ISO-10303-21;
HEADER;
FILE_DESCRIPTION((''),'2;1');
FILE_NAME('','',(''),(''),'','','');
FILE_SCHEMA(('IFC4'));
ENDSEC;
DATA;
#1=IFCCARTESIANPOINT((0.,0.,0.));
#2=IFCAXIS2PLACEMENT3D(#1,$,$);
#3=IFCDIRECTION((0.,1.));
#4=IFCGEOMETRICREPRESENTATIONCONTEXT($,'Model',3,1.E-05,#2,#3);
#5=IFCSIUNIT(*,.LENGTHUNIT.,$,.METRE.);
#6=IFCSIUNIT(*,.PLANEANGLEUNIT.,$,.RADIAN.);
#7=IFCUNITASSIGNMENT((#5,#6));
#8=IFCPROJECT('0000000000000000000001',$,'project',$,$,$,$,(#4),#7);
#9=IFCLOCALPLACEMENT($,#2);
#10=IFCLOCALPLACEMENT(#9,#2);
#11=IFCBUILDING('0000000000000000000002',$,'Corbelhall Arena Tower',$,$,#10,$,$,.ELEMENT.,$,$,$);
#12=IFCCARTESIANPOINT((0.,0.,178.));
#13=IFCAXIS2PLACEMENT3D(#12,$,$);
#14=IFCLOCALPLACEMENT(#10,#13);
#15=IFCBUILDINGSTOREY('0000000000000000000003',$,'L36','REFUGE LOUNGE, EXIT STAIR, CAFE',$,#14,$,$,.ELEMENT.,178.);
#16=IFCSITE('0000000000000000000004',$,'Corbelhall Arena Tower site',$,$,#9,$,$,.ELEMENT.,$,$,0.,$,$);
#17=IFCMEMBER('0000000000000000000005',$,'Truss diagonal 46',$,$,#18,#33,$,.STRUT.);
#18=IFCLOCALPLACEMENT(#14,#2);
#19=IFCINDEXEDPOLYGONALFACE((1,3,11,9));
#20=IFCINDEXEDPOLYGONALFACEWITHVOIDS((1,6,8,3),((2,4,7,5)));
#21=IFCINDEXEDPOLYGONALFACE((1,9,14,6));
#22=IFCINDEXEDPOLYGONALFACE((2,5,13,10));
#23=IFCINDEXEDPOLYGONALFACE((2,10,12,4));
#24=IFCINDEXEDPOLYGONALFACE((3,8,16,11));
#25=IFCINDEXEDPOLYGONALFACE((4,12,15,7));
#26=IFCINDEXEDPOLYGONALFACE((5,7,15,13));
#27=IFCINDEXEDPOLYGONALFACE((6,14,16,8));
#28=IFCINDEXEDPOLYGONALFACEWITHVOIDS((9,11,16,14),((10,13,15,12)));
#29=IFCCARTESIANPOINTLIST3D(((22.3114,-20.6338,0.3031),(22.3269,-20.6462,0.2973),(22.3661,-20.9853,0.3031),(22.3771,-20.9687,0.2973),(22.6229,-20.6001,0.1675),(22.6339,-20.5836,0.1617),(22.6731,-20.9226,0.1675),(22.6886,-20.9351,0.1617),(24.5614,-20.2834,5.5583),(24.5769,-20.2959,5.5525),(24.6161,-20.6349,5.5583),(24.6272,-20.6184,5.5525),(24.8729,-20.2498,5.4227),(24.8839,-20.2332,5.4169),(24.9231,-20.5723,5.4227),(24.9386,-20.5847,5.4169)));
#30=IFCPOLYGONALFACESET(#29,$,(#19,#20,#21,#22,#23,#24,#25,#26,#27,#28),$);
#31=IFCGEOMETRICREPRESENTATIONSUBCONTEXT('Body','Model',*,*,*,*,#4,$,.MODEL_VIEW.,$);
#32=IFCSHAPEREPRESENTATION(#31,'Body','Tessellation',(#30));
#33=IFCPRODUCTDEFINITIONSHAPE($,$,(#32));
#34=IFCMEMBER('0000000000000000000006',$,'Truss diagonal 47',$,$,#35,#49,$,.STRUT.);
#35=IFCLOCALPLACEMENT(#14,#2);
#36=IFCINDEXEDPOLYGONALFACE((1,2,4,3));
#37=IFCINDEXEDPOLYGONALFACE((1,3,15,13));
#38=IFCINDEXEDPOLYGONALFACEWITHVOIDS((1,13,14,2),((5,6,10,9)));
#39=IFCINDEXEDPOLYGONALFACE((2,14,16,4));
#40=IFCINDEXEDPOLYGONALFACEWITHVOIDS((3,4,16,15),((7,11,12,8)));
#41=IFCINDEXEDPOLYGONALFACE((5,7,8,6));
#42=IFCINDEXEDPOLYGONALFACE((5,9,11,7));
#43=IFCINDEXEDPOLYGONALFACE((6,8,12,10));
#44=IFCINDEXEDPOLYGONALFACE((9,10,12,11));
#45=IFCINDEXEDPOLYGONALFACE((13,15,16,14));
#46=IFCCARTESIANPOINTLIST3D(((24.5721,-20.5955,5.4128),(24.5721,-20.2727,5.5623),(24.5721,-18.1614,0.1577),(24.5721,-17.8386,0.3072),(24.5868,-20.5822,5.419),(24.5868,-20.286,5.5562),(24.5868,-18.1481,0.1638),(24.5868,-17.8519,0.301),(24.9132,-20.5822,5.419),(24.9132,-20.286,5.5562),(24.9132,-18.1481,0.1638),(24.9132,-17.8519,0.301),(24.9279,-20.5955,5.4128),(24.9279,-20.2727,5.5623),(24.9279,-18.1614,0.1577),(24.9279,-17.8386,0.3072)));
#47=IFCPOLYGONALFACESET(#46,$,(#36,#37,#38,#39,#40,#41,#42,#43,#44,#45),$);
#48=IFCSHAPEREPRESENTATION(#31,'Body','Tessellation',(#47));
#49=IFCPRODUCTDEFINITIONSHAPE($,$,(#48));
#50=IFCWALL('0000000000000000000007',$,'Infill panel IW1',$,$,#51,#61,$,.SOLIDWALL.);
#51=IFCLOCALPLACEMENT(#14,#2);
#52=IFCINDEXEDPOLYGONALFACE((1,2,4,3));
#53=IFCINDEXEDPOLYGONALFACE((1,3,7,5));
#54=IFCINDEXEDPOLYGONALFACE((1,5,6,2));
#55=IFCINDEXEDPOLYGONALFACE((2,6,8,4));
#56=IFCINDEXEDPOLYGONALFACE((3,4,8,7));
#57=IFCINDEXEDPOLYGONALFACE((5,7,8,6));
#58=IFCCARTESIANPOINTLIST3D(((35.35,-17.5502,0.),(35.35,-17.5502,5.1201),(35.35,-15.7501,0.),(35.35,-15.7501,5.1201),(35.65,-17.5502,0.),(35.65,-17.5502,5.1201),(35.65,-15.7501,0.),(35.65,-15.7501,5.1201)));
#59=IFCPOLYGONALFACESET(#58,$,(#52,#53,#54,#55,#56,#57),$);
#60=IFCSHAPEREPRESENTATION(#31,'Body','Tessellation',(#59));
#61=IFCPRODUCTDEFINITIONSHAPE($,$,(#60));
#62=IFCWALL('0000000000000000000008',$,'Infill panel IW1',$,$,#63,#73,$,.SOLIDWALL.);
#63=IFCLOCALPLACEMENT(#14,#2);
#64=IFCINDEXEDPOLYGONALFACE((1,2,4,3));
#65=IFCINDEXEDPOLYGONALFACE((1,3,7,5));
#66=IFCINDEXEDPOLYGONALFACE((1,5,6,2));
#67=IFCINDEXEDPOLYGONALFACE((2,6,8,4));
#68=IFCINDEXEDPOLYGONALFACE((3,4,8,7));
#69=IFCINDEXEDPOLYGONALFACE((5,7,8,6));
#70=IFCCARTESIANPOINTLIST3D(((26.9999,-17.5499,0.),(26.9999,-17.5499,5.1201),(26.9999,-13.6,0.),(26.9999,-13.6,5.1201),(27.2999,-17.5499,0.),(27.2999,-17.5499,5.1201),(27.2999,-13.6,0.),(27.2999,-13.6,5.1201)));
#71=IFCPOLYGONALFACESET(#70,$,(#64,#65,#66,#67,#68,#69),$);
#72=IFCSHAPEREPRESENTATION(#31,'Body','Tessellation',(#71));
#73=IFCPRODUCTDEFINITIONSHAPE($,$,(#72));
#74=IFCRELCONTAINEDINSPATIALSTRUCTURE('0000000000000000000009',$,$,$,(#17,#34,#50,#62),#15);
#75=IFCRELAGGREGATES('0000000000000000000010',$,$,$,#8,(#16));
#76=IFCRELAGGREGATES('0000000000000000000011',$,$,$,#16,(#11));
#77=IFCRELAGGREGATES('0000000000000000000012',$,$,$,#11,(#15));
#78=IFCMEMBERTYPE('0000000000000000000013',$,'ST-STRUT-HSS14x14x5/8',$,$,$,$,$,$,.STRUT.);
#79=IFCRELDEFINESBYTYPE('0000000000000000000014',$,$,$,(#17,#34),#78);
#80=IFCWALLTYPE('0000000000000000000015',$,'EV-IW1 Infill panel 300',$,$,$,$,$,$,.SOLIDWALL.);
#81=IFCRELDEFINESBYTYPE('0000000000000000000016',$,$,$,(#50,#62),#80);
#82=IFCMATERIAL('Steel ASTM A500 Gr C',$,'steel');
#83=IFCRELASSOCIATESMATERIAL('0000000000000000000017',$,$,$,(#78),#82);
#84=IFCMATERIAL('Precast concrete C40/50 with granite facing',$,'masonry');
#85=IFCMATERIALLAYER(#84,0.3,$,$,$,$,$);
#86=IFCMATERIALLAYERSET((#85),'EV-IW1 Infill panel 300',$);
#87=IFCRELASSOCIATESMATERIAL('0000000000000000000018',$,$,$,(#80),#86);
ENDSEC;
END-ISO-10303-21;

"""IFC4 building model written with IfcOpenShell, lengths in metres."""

from ifc_helpers import new_model, si_unit, direction, frame, frame_2d, origin, origin_2d, place, context, subcontext, project, spatial, rectangle, hollow_rectangle, extrude, material, layer, layer_set, material_profile, profile_set, type_object, element, save


model = new_model("IFC4")

# Units and contexts
model_context = context("Model", 3, precision=1e-05, world=origin(), true_north=direction((0.0, 1.0)))
body_context = subcontext(model_context, "Body", "Model", "MODEL_VIEW")
ifc_project = project(units=[si_unit("LENGTHUNIT", "METRE"), si_unit("PLANEANGLEUNIT", "RADIAN")], contexts=[model_context])

# Site, building, storey
site_placement = place(None, origin())
site = spatial("IfcSite", under=ifc_project, at=site_placement, Name="Corbelhall Arena Tower site", CompositionType="ELEMENT", RefElevation=0.0)
building_placement = place(site_placement, origin())
building = spatial("IfcBuilding", under=site, at=building_placement, Name="Corbelhall Arena Tower", CompositionType="ELEMENT")
storey_placement = place(building_placement, frame((0.0, 0.0, 178.0)))
storey = spatial("IfcBuildingStorey", under=building, at=storey_placement, Name="L36", Description="REFUGE LOUNGE, EXIT STAIR, CAFE", CompositionType="ELEMENT", Elevation=178.0)

# Members
ifc_material_1 = material(Name="Steel ASTM A500 Gr C", Category="steel")
ifc_material_profile_1 = material_profile(ifc_material_1, hollow_rectangle(XDim=0.3557, YDim=0.3557, WallThickness=0.0146, at=origin_2d()))
ifc_profile_set_1 = profile_set([ifc_material_profile_1], Name="Steel ASTM A500 Gr C")
member_type_1 = type_object("IfcMemberType", Name="ST-STRUT-HSS14x14x5/8", PredefinedType="STRUT", material=ifc_profile_set_1)
member_1_placement = place(storey_placement, frame((22.5, -20.7844, 0.2324), z_axis=(0.392857, 0.061171, 0.917563), x_axis=(-0.153854, 0.988094, 0.0)))
element("IfcMember", 1, at=member_1_placement, inside=storey, type_object=member_type_1, Name="Truss diagonal 46", PredefinedType="STRUT", context=body_context, shape_type="SweptSolid", body=[
    extrude(hollow_rectangle(XDim=0.3557, YDim=0.3557, WallThickness=0.0146, at=origin_2d()), origin(), (0.0, 0.0, 1.0), 5.7273),
])
member_2_placement = place(storey_placement, frame((24.75, -18.0, 0.2324), z_axis=(0.0, -0.420287, 0.907391), x_axis=(1.0, 0.0, 0.0)))
element("IfcMember", 2, at=member_2_placement, inside=storey, type_object=member_type_1, Name="Truss diagonal 47", PredefinedType="STRUT", context=body_context, shape_type="SweptSolid", body=[
    extrude(hollow_rectangle(XDim=0.3557, YDim=0.3557, WallThickness=0.0146, at=origin_2d()), origin(), (0.0, 0.0, 1.0), 5.7915),
])

# Walls
ifc_material_2 = material(Name="Precast concrete C40/50 with granite facing", Category="masonry")
ifc_layer = layer(ifc_material_2, 0.3)
ifc_layer_set = layer_set([ifc_layer], Name="EV-IW1 Infill panel 300")
wall_type = type_object("IfcWallType", Name="EV-IW1 Infill panel 300", PredefinedType="SOLIDWALL", material=ifc_layer_set)
wall_1_placement = place(storey_placement, frame((35.5, -17.55, 0.0), z_axis=(0.0, 0.0, 1.0), x_axis=(0.0, 1.0, 0.0)))
element("IfcWall", 3, at=wall_1_placement, inside=storey, type_object=wall_type, Name="Infill panel IW1", PredefinedType="SOLIDWALL", context=body_context, shape_type="SweptSolid", body=[
    extrude(rectangle(XDim=1.8, YDim=0.3, at=frame_2d((0.8999, 0.0))), origin(), (0.0, 0.0, 1.0), 5.1201),
])
wall_2_placement = place(storey_placement, frame((27.1499, -17.55, 0.0), z_axis=(0.0, 0.0, 1.0), x_axis=(0.0, 1.0, 0.0)))
element("IfcWall", 4, at=wall_2_placement, inside=storey, type_object=wall_type, Name="Infill panel IW1", PredefinedType="SOLIDWALL", context=body_context, shape_type="SweptSolid", body=[
    extrude(rectangle(XDim=3.95, YDim=0.3, at=frame_2d((1.9751, 0.0))), origin(), (0.0, 0.0, 1.0), 5.1201),
])

save(model, "model.ifc")
